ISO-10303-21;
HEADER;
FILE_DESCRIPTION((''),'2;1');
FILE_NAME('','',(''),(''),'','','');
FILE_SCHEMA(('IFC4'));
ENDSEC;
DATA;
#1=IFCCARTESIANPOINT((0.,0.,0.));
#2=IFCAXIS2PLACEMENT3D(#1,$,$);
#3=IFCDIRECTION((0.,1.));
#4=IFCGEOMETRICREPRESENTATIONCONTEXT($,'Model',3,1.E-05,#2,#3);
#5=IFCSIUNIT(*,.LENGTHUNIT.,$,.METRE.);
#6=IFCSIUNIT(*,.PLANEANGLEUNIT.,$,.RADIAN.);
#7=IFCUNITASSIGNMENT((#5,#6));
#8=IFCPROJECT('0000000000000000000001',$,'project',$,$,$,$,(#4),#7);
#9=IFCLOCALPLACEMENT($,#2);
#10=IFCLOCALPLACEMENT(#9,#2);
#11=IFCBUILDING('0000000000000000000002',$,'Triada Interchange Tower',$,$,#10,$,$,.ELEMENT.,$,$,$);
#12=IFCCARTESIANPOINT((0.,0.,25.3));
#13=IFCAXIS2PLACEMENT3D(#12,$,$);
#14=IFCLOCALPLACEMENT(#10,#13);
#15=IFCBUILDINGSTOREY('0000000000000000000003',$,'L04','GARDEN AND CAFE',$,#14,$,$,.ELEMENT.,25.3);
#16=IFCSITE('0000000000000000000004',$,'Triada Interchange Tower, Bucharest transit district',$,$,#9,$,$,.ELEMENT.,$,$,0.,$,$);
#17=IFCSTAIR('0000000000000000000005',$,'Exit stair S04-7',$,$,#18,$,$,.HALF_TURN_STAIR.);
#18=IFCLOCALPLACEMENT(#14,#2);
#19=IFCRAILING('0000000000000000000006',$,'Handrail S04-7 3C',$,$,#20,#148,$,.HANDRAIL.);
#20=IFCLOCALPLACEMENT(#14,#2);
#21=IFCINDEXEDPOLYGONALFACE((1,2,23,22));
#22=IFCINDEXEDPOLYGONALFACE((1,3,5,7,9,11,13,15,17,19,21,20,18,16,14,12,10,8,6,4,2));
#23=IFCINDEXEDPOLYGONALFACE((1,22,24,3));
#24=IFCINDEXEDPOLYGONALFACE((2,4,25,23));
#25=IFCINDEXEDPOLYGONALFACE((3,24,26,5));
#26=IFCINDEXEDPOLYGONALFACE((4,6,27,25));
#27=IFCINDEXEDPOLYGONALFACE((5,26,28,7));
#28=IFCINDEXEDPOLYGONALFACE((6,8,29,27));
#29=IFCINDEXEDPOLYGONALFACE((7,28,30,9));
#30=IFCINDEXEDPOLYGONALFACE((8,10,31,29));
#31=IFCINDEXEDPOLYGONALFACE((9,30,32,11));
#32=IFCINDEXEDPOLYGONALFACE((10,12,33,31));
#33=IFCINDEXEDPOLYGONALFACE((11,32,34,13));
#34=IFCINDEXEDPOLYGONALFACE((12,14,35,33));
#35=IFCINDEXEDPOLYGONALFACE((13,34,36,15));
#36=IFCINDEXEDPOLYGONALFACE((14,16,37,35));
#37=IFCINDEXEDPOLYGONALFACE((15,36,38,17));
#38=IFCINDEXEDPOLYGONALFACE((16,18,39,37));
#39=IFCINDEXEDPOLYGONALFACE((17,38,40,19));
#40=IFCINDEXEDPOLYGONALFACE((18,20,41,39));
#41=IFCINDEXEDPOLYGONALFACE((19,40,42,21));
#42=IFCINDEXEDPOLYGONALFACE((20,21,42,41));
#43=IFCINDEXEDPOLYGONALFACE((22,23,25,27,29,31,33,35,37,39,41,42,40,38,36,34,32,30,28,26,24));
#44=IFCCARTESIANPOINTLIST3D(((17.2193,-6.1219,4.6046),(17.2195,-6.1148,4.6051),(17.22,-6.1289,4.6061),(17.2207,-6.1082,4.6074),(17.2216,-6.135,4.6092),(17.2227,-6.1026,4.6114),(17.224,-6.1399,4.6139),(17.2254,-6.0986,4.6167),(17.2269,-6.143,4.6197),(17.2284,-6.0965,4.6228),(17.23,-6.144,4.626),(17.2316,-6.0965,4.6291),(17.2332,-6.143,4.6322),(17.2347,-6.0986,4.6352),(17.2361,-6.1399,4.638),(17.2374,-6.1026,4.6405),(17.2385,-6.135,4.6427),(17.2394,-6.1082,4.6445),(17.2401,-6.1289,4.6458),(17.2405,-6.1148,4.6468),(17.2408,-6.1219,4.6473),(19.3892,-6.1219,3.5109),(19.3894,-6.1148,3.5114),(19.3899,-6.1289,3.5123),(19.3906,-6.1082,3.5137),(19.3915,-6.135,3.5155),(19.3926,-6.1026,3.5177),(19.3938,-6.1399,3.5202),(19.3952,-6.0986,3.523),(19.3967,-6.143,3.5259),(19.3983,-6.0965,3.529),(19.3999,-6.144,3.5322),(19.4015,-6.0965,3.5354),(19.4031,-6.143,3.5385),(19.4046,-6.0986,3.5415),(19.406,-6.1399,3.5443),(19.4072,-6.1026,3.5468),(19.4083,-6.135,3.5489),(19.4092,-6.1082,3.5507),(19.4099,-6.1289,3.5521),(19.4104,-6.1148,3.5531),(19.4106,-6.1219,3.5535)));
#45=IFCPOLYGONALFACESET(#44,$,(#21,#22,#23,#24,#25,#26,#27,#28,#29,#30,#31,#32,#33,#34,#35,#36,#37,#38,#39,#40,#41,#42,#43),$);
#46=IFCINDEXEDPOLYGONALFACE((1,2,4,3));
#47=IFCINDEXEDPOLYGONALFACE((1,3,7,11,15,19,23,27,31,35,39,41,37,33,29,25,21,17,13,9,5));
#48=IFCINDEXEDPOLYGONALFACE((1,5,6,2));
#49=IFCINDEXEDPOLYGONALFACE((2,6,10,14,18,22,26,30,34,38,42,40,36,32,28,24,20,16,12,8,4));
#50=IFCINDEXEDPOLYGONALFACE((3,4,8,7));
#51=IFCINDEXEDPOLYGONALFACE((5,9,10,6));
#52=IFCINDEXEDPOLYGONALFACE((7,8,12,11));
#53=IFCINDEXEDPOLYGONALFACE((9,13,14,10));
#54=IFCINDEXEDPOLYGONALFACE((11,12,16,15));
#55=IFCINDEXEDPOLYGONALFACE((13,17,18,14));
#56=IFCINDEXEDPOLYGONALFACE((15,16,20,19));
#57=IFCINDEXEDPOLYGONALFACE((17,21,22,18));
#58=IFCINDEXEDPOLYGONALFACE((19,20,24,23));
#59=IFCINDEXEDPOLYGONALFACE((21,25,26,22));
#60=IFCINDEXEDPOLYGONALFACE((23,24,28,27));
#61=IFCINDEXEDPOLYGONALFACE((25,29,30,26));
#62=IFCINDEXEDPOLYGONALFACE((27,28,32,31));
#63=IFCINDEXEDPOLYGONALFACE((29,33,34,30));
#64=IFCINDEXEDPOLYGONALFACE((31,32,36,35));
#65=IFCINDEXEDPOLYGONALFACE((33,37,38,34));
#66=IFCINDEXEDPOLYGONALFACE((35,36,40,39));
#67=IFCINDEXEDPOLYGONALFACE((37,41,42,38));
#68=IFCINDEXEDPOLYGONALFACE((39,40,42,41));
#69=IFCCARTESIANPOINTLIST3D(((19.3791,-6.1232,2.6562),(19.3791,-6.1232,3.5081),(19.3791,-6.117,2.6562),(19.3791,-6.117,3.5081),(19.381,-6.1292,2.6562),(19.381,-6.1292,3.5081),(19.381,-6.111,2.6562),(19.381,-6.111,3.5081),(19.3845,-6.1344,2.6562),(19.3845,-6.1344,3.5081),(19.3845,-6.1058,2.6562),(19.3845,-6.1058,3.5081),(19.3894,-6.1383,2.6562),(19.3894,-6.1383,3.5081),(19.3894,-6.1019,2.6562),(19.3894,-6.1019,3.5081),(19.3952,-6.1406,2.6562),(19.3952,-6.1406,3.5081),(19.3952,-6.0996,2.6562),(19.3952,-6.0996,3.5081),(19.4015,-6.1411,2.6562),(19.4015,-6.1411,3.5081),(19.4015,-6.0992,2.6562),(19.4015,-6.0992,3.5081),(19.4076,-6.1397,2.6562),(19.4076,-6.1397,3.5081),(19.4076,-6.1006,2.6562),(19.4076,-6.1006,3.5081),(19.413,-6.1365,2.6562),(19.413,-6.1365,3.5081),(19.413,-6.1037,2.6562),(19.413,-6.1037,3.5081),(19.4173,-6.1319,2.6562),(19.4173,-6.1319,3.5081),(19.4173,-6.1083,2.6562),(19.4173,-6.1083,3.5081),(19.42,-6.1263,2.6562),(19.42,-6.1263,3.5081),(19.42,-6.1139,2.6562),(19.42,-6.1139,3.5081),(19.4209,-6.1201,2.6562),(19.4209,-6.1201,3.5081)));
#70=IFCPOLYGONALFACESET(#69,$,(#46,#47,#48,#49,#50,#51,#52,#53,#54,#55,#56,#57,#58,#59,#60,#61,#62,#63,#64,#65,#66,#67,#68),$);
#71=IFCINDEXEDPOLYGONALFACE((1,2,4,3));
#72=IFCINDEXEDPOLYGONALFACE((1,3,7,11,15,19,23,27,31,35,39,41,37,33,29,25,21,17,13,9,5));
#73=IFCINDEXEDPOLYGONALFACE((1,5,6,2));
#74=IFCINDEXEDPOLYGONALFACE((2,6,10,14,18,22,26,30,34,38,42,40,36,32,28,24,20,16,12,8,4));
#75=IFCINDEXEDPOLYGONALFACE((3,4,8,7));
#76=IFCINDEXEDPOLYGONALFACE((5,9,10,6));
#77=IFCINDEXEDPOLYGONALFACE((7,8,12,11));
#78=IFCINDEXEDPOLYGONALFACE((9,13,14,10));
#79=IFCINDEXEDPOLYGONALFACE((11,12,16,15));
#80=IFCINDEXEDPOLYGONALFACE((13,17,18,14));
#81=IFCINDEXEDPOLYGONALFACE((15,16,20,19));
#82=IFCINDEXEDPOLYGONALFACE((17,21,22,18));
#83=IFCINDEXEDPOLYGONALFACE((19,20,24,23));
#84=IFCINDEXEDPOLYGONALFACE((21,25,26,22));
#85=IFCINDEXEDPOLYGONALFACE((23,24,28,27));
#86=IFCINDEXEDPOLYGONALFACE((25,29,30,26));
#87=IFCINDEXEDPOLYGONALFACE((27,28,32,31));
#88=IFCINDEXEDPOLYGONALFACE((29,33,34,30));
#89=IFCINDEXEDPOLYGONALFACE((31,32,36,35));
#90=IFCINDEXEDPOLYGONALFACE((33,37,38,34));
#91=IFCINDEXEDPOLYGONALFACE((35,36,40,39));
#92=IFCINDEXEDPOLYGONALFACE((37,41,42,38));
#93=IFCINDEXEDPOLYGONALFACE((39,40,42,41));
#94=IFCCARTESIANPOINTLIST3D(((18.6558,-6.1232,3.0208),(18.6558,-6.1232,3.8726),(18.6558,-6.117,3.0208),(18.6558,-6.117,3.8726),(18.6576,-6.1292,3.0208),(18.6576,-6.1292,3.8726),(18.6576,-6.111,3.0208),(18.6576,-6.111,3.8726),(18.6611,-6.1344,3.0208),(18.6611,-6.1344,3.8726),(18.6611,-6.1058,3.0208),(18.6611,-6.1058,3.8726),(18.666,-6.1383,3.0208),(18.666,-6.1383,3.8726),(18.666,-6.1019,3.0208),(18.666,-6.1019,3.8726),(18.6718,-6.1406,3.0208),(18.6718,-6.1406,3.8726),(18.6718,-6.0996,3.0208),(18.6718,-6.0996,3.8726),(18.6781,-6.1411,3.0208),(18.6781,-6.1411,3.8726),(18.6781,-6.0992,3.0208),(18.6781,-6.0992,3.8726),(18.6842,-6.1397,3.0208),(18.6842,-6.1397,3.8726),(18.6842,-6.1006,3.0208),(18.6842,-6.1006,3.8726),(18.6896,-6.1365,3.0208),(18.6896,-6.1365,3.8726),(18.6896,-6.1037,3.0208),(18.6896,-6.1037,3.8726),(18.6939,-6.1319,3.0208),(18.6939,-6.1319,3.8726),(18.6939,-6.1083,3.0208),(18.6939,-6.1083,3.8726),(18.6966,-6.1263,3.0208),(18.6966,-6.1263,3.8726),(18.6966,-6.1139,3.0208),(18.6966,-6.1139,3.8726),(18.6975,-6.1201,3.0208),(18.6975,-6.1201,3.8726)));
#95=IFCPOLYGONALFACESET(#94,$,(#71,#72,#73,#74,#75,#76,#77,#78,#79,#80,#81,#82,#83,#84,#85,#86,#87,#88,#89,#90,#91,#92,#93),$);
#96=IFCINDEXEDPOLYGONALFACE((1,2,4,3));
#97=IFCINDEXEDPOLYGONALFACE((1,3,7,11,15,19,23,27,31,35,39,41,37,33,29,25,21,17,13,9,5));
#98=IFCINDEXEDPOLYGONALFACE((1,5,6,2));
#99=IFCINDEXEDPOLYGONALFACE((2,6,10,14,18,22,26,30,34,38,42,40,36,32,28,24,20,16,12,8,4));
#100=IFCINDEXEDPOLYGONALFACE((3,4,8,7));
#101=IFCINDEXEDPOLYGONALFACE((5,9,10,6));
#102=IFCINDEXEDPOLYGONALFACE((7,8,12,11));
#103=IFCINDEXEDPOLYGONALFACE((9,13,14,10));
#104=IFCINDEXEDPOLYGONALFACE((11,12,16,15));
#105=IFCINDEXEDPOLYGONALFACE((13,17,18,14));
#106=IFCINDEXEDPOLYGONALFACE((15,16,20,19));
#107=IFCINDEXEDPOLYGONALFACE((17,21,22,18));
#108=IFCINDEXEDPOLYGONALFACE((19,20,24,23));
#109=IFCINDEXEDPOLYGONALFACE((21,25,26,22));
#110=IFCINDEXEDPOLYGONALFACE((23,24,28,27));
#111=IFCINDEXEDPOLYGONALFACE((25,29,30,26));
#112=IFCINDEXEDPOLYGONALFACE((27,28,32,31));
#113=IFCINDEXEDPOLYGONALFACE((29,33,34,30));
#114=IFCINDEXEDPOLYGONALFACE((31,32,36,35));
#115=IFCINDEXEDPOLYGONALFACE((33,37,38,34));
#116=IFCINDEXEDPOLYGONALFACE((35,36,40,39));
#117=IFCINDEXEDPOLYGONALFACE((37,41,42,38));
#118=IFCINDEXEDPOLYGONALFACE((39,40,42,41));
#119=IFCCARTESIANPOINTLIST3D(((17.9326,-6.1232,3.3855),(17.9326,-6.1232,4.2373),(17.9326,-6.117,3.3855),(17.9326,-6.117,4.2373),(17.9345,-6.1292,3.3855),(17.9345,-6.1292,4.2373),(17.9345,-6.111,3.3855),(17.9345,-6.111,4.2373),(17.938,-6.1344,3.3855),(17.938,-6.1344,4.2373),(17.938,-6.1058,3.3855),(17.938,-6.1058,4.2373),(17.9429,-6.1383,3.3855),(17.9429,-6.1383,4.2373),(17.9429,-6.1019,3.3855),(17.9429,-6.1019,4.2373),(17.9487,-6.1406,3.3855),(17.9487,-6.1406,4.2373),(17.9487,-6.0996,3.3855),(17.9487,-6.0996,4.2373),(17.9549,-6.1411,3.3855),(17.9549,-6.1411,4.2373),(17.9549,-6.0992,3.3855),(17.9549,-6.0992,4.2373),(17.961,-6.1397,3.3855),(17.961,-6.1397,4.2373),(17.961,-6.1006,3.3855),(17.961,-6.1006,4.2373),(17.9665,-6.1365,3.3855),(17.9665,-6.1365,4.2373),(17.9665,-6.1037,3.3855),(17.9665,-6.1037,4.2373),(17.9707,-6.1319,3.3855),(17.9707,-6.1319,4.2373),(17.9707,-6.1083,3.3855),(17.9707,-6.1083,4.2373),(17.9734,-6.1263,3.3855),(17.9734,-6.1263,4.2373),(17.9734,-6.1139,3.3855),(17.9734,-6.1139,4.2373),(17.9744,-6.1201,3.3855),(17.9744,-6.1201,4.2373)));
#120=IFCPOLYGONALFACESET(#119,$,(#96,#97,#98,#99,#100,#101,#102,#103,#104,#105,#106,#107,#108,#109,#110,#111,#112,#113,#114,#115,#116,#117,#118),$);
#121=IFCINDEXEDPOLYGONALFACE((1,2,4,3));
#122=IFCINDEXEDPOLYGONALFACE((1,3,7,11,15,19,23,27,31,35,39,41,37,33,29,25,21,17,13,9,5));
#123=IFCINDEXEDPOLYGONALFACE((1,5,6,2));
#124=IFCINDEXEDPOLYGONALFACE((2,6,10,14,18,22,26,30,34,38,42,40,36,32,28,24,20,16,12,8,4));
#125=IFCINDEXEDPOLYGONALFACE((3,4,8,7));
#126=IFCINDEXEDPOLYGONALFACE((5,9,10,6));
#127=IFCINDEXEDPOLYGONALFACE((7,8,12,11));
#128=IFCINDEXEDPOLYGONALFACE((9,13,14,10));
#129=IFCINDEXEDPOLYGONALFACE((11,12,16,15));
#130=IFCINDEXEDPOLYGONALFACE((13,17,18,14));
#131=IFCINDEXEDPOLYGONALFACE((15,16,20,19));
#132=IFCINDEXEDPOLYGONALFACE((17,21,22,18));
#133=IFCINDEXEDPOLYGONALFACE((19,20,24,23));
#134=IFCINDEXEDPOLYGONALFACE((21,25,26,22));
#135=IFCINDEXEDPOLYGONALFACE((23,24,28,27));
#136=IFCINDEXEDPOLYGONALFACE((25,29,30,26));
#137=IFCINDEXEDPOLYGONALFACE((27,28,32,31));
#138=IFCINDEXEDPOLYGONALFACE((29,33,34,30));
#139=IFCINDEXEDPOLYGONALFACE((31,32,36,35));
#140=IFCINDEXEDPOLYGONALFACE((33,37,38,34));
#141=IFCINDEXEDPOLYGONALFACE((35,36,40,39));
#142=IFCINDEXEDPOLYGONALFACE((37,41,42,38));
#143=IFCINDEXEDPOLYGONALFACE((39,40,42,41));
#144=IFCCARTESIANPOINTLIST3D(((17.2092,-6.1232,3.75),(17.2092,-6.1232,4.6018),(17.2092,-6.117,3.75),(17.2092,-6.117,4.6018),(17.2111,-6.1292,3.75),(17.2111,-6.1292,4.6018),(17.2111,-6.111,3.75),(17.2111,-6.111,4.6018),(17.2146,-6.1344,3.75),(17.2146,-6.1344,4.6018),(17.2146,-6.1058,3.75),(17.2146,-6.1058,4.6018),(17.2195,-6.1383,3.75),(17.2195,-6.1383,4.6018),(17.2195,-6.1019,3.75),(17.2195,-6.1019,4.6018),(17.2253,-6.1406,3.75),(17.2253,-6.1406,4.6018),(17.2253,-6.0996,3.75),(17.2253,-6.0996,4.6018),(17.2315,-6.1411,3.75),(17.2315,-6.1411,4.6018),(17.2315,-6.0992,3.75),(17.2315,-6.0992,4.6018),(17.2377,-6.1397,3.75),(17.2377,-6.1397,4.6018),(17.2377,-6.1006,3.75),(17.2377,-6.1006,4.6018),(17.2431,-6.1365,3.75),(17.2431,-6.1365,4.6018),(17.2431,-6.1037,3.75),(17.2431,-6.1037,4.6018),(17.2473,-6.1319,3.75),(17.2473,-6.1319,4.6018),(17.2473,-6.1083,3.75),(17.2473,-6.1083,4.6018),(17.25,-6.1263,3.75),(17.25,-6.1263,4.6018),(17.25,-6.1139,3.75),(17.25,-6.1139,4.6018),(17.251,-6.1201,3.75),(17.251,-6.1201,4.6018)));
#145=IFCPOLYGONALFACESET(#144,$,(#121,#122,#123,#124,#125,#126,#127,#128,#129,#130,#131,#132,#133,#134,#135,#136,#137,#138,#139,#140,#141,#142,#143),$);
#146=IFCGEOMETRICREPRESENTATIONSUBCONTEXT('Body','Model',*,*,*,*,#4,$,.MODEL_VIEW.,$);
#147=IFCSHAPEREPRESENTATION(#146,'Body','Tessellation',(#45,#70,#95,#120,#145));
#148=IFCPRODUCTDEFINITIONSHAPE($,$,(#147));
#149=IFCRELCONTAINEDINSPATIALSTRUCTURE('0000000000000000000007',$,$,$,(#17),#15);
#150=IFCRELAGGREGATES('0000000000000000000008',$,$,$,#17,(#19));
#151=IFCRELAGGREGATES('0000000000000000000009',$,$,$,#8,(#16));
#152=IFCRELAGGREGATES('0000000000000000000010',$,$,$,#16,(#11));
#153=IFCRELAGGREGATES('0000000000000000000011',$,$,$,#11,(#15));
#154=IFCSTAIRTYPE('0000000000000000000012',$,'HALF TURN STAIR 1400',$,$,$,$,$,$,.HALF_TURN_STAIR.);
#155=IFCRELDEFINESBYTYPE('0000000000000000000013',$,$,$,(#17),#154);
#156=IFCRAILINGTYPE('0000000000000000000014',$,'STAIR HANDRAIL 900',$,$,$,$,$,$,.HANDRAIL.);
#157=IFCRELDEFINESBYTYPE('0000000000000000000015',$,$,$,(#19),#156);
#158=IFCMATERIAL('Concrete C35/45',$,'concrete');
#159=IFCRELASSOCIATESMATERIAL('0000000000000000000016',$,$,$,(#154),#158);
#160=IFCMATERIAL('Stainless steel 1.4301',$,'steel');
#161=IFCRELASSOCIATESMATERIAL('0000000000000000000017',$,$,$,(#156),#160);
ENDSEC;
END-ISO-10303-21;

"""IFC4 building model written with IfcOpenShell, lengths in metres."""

from ifc_helpers import new_model, si_unit, direction, frame, origin, origin_2d, place, context, subcontext, project, spatial, circle, extrude, material, type_object, element, aggregate, save


model = new_model("IFC4")

# Units and contexts
model_context = context("Model", 3, precision=1e-05, world=origin(), true_north=direction((0.0, 1.0)))
body_context = subcontext(model_context, "Body", "Model", "MODEL_VIEW")
ifc_project = project(units=[si_unit("LENGTHUNIT", "METRE"), si_unit("PLANEANGLEUNIT", "RADIAN")], contexts=[model_context])

# Site, building, storey
site_placement = place(None, origin())
site = spatial("IfcSite", under=ifc_project, at=site_placement, Name="Triada Interchange Tower, Bucharest transit district", CompositionType="ELEMENT", RefElevation=0.0)
building_placement = place(site_placement, origin())
building = spatial("IfcBuilding", under=site, at=building_placement, Name="Triada Interchange Tower", CompositionType="ELEMENT")
storey_placement = place(building_placement, frame((0.0, 0.0, 25.3)))
storey = spatial("IfcBuildingStorey", under=building, at=storey_placement, Name="L04", Description="GARDEN AND CAFE", CompositionType="ELEMENT", Elevation=25.3)

# Shared definitions
ifc_material_1 = material(Name="Concrete C35/45", Category="concrete")

# Stair, railing
stair_type = type_object("IfcStairType", Name="HALF TURN STAIR 1400", PredefinedType="HALF_TURN_STAIR", material=ifc_material_1)
stair_placement = place(storey_placement, origin())
stair = element("IfcStair", 1, at=stair_placement, inside=storey, type_object=stair_type, Name="Exit stair S04-7", PredefinedType="HALF_TURN_STAIR")
ifc_material_2 = material(Name="Stainless steel 1.4301", Category="steel")
railing_type_1 = type_object("IfcRailingType", Name="STAIR HANDRAIL 900", PredefinedType="HANDRAIL", material=ifc_material_2)
railing_1_placement = place(storey_placement, frame((19.3999, -6.1201, 2.6562)))
railing_1 = element("IfcRailing", 2, at=railing_1_placement, type_object=railing_type_1, Name="Handrail S04-7 3C", PredefinedType="HANDRAIL", context=body_context, shape_type="SweptSolid", body=[
    extrude(circle(Radius=0.0239, at=origin_2d()), frame((0.0, 0.0, 0.876), z_axis=(-0.892976, 0.0, 0.450105), x_axis=(0.0, -1.0, 0.0)), (0.0, 0.0, 1.0), 2.4299),
    extrude(circle(Radius=0.021, at=origin_2d()), origin(), (0.0, 0.0, 1.0), 0.8518),
    extrude(circle(Radius=0.021, at=origin_2d()), frame((-0.7234, 0.0, 0.3645)), (0.0, 0.0, 1.0), 0.8518),
    extrude(circle(Radius=0.021, at=origin_2d()), frame((-1.4465, 0.0, 0.7292)), (0.0, 0.0, 1.0), 0.8518),
    extrude(circle(Radius=0.021, at=origin_2d()), frame((-2.1699, 0.0, 1.0938)), (0.0, 0.0, 1.0), 0.8518),
])
aggregate(stair, [railing_1])

save(model, "model.ifc")
